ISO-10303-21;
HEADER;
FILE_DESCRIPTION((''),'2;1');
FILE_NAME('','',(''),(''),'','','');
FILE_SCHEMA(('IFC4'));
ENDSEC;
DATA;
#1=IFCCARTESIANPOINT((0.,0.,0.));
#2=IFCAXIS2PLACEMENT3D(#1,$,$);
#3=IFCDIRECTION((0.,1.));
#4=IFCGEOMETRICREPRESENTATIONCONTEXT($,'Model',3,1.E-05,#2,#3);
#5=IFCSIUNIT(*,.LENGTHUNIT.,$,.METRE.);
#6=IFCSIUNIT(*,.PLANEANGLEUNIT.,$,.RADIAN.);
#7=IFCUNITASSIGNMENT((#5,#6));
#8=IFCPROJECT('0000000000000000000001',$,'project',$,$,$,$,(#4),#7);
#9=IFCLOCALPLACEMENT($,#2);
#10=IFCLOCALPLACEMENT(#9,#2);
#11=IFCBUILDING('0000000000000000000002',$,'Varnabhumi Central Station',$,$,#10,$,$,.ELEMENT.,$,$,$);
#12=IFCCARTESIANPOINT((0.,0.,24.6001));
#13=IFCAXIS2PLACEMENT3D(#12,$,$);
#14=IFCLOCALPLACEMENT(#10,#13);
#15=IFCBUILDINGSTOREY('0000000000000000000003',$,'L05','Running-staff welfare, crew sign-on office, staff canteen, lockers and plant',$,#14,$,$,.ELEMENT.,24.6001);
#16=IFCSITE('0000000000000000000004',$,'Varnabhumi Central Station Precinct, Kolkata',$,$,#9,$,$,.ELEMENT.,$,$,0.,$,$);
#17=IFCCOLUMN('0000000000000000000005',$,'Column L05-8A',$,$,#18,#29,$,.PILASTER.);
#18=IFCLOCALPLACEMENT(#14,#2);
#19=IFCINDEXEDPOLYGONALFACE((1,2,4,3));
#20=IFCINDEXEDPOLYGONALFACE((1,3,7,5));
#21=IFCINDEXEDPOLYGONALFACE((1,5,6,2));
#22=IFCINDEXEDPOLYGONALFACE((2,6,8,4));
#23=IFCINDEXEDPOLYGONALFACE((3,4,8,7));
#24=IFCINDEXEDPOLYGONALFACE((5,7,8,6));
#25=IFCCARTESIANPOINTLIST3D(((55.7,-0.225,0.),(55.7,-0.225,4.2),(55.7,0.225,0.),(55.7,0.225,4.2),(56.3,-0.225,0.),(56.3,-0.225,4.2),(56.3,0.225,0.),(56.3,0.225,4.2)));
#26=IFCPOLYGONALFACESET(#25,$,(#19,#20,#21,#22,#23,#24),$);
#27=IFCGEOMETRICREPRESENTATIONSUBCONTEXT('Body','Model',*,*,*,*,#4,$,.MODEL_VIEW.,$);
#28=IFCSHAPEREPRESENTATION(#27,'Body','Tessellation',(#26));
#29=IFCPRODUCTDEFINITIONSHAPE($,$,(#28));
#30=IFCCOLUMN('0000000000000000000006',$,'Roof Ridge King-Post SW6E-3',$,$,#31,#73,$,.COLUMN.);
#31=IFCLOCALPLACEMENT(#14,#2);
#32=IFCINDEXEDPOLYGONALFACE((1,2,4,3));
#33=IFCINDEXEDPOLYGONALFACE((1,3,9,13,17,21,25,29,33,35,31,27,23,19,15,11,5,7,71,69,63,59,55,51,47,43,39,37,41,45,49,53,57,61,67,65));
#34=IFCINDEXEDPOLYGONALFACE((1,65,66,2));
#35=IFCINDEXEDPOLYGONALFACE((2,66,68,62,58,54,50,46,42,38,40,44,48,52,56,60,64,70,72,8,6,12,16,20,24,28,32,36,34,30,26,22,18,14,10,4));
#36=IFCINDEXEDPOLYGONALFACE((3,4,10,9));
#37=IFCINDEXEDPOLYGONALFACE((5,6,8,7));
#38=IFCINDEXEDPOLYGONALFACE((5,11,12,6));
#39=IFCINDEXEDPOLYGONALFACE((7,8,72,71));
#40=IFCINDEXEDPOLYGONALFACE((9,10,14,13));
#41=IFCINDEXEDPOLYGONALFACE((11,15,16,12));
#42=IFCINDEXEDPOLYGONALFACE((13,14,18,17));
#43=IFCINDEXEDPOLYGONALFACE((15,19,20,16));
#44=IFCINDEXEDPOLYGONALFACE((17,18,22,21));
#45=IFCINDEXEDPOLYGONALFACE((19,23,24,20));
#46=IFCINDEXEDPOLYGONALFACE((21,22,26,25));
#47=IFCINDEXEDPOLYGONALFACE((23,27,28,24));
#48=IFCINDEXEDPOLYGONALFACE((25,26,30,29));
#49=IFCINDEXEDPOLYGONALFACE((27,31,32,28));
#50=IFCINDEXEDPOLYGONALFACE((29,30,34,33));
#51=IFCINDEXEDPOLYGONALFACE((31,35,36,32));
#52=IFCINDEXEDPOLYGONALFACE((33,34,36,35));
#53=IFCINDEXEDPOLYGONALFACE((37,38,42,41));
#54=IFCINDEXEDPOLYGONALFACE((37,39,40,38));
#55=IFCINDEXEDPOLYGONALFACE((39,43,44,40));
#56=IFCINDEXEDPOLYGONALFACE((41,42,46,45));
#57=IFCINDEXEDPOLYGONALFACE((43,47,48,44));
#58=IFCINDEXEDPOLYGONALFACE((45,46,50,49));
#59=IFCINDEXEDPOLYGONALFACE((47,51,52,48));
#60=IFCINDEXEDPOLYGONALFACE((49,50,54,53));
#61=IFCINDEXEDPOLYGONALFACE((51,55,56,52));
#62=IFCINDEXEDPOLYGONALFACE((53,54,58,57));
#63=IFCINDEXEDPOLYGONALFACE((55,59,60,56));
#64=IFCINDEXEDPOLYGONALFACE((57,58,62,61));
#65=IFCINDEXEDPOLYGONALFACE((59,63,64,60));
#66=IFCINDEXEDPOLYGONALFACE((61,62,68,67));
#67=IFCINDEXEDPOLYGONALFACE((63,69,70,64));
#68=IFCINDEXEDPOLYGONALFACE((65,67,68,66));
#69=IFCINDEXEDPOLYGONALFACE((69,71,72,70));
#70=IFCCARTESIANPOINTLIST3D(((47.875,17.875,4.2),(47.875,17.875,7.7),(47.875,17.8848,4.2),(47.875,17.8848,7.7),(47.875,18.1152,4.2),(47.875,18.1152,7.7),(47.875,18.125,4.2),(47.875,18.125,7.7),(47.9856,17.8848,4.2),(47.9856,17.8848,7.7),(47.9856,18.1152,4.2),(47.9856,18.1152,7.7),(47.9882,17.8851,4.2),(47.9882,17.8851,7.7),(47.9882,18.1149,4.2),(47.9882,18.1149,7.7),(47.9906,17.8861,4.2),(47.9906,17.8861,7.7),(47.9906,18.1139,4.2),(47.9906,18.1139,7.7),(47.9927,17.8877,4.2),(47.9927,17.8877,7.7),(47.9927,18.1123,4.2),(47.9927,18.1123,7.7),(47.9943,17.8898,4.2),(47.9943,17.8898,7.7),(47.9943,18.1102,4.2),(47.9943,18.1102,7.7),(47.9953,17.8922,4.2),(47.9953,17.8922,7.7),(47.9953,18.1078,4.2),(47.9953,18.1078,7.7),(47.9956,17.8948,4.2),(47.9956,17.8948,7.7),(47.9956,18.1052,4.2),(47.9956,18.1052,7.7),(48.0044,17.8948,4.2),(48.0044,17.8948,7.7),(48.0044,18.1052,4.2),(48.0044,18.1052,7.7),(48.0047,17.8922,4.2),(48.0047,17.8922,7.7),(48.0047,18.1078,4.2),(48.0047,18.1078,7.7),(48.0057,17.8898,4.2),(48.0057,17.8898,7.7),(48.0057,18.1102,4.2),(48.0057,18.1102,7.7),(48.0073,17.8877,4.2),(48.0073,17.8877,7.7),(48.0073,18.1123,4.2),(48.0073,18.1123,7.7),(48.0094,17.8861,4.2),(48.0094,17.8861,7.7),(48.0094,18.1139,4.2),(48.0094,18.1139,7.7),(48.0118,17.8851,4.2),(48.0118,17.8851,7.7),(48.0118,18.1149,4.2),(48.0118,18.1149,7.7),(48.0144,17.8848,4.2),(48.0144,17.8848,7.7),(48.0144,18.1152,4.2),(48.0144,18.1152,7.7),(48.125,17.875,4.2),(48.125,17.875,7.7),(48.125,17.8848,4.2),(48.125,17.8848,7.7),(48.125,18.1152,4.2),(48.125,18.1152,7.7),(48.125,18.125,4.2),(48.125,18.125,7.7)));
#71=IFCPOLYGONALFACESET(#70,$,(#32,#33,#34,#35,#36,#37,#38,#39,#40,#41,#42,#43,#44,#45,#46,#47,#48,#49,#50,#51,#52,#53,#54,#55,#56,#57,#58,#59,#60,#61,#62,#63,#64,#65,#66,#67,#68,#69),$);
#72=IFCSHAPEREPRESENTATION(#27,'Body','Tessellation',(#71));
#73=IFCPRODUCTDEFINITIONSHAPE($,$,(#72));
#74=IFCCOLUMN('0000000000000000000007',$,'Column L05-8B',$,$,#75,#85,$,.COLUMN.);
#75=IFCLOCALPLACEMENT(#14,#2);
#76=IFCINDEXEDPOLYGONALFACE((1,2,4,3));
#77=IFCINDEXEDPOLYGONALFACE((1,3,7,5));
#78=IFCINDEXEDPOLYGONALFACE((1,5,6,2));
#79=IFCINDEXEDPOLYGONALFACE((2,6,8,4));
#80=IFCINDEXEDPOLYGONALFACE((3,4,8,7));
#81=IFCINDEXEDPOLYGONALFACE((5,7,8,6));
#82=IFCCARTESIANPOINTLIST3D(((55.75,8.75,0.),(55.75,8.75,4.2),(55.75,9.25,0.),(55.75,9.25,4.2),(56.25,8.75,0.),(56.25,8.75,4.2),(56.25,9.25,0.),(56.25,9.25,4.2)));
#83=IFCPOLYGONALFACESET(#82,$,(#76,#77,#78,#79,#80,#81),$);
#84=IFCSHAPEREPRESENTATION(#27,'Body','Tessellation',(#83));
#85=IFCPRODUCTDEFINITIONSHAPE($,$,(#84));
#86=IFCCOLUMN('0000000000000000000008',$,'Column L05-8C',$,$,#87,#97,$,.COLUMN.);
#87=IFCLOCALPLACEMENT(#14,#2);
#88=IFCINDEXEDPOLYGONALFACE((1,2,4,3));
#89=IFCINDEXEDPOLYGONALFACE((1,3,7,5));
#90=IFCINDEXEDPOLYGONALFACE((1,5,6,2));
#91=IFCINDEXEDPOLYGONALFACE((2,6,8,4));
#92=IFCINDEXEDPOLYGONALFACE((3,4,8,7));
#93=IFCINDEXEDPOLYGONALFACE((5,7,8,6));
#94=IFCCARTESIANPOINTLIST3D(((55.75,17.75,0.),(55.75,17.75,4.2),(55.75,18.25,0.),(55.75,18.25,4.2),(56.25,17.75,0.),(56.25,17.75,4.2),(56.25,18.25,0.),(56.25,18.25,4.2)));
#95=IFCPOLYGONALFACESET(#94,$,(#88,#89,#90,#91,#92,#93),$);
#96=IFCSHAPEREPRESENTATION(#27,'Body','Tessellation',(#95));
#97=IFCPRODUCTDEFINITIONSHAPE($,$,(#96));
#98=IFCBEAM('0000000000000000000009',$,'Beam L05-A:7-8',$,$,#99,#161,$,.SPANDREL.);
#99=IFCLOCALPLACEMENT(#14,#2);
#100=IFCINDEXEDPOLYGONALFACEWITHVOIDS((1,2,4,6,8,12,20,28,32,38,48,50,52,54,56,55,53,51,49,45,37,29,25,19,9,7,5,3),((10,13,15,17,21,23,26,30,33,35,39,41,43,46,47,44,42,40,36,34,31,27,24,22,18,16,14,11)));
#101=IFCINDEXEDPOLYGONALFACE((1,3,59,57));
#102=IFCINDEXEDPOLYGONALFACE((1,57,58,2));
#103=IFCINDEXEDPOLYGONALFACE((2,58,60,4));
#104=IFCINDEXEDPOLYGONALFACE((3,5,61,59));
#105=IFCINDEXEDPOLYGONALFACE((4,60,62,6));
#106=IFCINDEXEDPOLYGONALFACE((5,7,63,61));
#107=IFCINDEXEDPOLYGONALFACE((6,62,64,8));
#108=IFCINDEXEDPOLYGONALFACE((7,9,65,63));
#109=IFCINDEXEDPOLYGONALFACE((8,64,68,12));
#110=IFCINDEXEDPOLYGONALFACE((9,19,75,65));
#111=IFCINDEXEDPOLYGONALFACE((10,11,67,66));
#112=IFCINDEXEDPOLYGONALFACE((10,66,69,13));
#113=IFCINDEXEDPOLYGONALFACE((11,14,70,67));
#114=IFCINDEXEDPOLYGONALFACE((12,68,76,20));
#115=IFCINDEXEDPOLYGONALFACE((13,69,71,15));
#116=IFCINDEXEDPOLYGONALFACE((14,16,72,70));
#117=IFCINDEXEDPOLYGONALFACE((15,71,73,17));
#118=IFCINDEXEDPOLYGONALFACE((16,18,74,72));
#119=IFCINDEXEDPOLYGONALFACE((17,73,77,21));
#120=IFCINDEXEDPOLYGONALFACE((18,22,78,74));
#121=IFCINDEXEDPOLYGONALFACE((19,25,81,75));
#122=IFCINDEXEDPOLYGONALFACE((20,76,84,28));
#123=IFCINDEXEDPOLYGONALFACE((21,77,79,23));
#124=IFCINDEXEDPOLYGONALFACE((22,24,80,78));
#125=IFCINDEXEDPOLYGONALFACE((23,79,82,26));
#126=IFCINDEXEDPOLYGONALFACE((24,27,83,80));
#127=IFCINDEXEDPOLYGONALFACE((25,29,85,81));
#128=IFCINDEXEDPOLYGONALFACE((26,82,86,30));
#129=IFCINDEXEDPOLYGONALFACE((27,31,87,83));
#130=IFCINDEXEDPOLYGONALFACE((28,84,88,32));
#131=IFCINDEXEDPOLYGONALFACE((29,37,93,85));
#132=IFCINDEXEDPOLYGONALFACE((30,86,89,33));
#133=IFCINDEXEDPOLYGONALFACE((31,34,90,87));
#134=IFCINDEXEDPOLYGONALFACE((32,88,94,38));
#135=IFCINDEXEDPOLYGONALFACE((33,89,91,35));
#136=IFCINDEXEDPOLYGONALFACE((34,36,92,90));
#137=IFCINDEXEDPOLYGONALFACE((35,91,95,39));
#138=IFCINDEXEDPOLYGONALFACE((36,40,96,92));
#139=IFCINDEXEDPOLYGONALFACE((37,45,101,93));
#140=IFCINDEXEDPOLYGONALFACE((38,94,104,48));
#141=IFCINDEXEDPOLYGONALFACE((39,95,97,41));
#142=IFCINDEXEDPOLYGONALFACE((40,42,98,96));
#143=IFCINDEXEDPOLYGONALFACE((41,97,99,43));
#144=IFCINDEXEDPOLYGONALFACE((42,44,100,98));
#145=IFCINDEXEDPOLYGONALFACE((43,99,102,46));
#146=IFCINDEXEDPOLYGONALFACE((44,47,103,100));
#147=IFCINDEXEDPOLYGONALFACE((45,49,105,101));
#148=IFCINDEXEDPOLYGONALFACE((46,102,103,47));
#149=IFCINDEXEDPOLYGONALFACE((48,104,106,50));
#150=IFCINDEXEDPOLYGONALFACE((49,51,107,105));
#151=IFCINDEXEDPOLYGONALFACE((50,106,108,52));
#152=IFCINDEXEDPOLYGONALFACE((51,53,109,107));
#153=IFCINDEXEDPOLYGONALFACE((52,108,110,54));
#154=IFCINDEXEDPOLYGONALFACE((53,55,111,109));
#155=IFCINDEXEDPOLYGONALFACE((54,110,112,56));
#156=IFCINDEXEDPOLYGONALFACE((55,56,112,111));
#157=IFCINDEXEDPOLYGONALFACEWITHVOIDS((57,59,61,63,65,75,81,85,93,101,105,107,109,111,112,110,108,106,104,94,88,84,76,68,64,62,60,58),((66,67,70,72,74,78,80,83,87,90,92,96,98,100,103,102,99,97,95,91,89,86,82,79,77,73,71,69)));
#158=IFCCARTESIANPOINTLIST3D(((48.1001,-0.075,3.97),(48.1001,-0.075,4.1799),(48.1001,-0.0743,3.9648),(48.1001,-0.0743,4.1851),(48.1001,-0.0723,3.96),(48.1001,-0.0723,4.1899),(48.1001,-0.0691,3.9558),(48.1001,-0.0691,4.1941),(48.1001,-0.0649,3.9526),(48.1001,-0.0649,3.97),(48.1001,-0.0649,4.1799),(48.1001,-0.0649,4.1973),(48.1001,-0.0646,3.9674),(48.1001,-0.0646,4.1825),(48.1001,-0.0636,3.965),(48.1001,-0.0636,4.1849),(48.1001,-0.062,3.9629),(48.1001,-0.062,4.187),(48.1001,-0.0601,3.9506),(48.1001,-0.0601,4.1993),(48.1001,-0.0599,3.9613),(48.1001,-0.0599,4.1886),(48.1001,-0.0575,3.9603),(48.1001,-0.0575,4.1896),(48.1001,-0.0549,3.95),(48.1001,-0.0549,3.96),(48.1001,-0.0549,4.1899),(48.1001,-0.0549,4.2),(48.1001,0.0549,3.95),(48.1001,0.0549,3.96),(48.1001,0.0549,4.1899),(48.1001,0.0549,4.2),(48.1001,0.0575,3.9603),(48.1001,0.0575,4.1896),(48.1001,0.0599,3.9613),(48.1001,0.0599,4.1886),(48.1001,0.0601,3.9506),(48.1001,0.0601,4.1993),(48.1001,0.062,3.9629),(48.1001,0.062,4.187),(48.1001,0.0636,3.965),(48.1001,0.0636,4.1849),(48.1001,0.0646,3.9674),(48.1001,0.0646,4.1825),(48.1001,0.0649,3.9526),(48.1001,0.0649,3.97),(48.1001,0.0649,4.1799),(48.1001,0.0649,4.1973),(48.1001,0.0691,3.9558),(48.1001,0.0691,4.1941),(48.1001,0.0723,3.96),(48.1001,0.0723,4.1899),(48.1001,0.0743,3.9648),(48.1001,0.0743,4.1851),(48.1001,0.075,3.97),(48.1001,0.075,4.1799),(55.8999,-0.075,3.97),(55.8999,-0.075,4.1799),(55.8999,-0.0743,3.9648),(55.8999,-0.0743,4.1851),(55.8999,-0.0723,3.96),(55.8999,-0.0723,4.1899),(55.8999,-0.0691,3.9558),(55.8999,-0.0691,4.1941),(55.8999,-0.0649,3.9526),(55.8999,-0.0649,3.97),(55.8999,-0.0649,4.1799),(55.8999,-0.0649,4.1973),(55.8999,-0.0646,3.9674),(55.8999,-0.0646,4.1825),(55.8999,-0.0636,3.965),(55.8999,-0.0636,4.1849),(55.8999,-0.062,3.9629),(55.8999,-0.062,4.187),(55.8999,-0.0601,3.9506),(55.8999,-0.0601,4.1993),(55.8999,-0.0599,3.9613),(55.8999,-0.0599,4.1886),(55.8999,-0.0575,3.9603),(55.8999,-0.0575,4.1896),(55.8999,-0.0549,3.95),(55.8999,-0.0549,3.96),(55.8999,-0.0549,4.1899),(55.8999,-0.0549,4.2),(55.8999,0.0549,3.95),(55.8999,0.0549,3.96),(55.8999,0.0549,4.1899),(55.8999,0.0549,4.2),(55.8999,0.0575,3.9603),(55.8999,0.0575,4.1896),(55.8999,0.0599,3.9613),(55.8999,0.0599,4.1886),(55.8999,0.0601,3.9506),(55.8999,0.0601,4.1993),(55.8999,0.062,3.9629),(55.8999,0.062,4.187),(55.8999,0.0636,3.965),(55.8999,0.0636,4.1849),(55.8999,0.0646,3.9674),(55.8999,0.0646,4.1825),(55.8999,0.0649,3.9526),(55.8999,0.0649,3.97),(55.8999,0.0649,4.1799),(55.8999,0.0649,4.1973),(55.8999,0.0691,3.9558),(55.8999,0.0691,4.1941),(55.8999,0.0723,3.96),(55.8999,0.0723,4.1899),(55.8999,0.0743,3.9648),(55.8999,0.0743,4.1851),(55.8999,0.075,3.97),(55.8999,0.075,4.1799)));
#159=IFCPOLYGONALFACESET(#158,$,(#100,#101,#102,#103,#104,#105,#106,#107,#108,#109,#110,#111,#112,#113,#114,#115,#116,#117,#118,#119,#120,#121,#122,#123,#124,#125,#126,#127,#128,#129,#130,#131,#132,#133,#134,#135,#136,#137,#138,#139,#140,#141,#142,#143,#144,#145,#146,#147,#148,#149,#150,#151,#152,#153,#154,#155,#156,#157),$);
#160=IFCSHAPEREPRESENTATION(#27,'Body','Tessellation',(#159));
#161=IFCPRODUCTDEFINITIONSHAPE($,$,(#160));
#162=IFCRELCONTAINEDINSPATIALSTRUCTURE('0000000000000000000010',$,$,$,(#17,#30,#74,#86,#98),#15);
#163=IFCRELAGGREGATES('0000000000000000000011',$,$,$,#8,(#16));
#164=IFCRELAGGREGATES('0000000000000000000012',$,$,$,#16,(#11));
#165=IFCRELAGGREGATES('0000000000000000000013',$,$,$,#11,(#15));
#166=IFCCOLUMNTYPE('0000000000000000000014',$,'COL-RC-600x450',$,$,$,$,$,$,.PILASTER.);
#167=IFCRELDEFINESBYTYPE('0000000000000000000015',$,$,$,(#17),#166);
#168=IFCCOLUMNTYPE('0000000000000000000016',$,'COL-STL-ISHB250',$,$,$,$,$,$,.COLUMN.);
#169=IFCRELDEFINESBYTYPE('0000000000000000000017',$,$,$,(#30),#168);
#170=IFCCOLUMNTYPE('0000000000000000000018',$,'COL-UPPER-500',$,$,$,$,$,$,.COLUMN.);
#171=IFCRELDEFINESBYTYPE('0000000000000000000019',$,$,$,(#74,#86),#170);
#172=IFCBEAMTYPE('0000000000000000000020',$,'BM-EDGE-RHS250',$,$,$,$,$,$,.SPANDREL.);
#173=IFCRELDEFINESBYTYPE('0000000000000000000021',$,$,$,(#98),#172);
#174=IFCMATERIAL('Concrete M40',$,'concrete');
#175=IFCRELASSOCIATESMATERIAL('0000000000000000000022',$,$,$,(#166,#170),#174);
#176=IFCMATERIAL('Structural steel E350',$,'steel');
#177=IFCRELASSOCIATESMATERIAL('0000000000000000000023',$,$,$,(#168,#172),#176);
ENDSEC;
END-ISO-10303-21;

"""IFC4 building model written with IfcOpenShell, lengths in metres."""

from ifc_helpers import new_model, si_unit, direction, frame, origin, origin_2d, place, context, subcontext, project, spatial, rectangle, hollow_rectangle, i_section, extrude, material, material_profile, profile_set, type_object, element, save


model = new_model("IFC4")

# Units and contexts
model_context = context("Model", 3, precision=1e-05, world=origin(), true_north=direction((0.0, 1.0)))
body_context = subcontext(model_context, "Body", "Model", "MODEL_VIEW")
ifc_project = project(units=[si_unit("LENGTHUNIT", "METRE"), si_unit("PLANEANGLEUNIT", "RADIAN")], contexts=[model_context])

# Site, building, storey
site_placement = place(None, origin())
site = spatial("IfcSite", under=ifc_project, at=site_placement, Name="Varnabhumi Central Station Precinct, Kolkata", CompositionType="ELEMENT", RefElevation=0.0)
building_placement = place(site_placement, origin())
building = spatial("IfcBuilding", under=site, at=building_placement, Name="Varnabhumi Central Station", CompositionType="ELEMENT")
storey_placement = place(building_placement, frame((0.0, 0.0, 24.6001)))
storey = spatial("IfcBuildingStorey", under=building, at=storey_placement, Name="L05", Description="Running-staff welfare, crew sign-on office, staff canteen, lockers and plant", CompositionType="ELEMENT", Elevation=24.6001)

# Columns
ifc_material_1 = material(Name="Concrete M40", Category="concrete")
ifc_material_profile_1 = material_profile(ifc_material_1, rectangle(XDim=0.6001, YDim=0.45, at=origin_2d()), Name="Concrete M40", Category="concrete")
ifc_profile_set_1 = profile_set([ifc_material_profile_1], Name="Concrete M40")
column_type_1 = type_object("IfcColumnType", Name="COL-RC-600x450", PredefinedType="PILASTER", material=ifc_profile_set_1)
column_1_placement = place(storey_placement, frame((56.0, 0.0, 0.0), z_axis=(0.0, 0.0, 1.0), x_axis=(1.0, 0.0, 0.0)))
element("IfcColumn", 1, at=column_1_placement, inside=storey, type_object=column_type_1, Name="Column L05-8A", PredefinedType="PILASTER", context=body_context, shape_type="SweptSolid", body=[
    extrude(rectangle(XDim=0.6001, YDim=0.45, at=origin_2d()), origin(), (0.0, 0.0, 1.0), 4.2),
])
ifc_material_2 = material(Name="Structural steel E350", Category="steel")
ifc_material_profile_2 = material_profile(ifc_material_2, i_section(OverallWidth=0.25, OverallDepth=0.25, WebThickness=0.0088, FlangeThickness=0.0098, FilletRadius=0.01, at=origin_2d()), Name="Structural steel E350", Category="steel")
ifc_profile_set_2 = profile_set([ifc_material_profile_2], Name="Structural steel E350")
column_type_2 = type_object("IfcColumnType", Name="COL-STL-ISHB250", PredefinedType="COLUMN", material=ifc_profile_set_2)
column_2_placement = place(storey_placement, frame((48.0, 18.0, 4.2), z_axis=(0.0, 0.0, 1.0), x_axis=(1.0, 0.0, 0.0)))
element("IfcColumn", 2, at=column_2_placement, inside=storey, type_object=column_type_2, Name="Roof Ridge King-Post SW6E-3", PredefinedType="COLUMN", context=body_context, shape_type="SweptSolid", body=[
    extrude(i_section(OverallWidth=0.25, OverallDepth=0.25, WebThickness=0.0088, FlangeThickness=0.0098, FilletRadius=0.01, at=origin_2d()), origin(), (0.0, 0.0, 1.0), 3.5),
])
ifc_material_profile_3 = material_profile(ifc_material_1, rectangle(XDim=0.5, YDim=0.5, at=origin_2d()), Name="Concrete M40", Category="concrete")
ifc_profile_set_3 = profile_set([ifc_material_profile_3], Name="Concrete M40")
column_type_3 = type_object("IfcColumnType", Name="COL-UPPER-500", PredefinedType="COLUMN", material=ifc_profile_set_3)
for number, where, z_axis, x_axis, name in (
    (3, (56.0, 9.0, 0.0), (0.0, 0.0, 1.0), (1.0, 0.0, 0.0), "Column L05-8B"),
    (4, (56.0, 18.0, 0.0), (0.0, 0.0, 1.0), (1.0, 0.0, 0.0), "Column L05-8C"),
):
    element("IfcColumn", number, at=place(storey_placement, frame(where, z_axis=z_axis, x_axis=x_axis)), inside=storey, type_object=column_type_3, Name=name, PredefinedType="COLUMN", context=body_context, shape_type="SweptSolid", body=[
        extrude(rectangle(XDim=0.5, YDim=0.5, at=origin_2d()), origin(), (0.0, 0.0, 1.0), 4.2),
    ])

# Beam
ifc_material_profile_4 = material_profile(ifc_material_2, hollow_rectangle(XDim=0.1499, YDim=0.25, WallThickness=0.01, InnerFilletRadius=0.01, OuterFilletRadius=0.02, at=origin_2d()), Name="Structural steel E350", Category="steel")
ifc_profile_set_4 = profile_set([ifc_material_profile_4], Name="Structural steel E350")
beam_type_1 = type_object("IfcBeamType", Name="BM-EDGE-RHS250", PredefinedType="SPANDREL", material=ifc_profile_set_4)
beam_1_placement = place(storey_placement, frame((48.1001, 0.0, 4.075), z_axis=(1.0, 0.0, 0.0), x_axis=(0.0, 1.0, 0.0)))
element("IfcBeam", 5, at=beam_1_placement, inside=storey, type_object=beam_type_1, Name="Beam L05-A:7-8", PredefinedType="SPANDREL", context=body_context, shape_type="SweptSolid", body=[
    extrude(hollow_rectangle(XDim=0.1499, YDim=0.25, WallThickness=0.01, InnerFilletRadius=0.01, OuterFilletRadius=0.02, at=origin_2d()), origin(), (0.0, 0.0, 1.0), 7.7998),
])

save(model, "model.ifc")
